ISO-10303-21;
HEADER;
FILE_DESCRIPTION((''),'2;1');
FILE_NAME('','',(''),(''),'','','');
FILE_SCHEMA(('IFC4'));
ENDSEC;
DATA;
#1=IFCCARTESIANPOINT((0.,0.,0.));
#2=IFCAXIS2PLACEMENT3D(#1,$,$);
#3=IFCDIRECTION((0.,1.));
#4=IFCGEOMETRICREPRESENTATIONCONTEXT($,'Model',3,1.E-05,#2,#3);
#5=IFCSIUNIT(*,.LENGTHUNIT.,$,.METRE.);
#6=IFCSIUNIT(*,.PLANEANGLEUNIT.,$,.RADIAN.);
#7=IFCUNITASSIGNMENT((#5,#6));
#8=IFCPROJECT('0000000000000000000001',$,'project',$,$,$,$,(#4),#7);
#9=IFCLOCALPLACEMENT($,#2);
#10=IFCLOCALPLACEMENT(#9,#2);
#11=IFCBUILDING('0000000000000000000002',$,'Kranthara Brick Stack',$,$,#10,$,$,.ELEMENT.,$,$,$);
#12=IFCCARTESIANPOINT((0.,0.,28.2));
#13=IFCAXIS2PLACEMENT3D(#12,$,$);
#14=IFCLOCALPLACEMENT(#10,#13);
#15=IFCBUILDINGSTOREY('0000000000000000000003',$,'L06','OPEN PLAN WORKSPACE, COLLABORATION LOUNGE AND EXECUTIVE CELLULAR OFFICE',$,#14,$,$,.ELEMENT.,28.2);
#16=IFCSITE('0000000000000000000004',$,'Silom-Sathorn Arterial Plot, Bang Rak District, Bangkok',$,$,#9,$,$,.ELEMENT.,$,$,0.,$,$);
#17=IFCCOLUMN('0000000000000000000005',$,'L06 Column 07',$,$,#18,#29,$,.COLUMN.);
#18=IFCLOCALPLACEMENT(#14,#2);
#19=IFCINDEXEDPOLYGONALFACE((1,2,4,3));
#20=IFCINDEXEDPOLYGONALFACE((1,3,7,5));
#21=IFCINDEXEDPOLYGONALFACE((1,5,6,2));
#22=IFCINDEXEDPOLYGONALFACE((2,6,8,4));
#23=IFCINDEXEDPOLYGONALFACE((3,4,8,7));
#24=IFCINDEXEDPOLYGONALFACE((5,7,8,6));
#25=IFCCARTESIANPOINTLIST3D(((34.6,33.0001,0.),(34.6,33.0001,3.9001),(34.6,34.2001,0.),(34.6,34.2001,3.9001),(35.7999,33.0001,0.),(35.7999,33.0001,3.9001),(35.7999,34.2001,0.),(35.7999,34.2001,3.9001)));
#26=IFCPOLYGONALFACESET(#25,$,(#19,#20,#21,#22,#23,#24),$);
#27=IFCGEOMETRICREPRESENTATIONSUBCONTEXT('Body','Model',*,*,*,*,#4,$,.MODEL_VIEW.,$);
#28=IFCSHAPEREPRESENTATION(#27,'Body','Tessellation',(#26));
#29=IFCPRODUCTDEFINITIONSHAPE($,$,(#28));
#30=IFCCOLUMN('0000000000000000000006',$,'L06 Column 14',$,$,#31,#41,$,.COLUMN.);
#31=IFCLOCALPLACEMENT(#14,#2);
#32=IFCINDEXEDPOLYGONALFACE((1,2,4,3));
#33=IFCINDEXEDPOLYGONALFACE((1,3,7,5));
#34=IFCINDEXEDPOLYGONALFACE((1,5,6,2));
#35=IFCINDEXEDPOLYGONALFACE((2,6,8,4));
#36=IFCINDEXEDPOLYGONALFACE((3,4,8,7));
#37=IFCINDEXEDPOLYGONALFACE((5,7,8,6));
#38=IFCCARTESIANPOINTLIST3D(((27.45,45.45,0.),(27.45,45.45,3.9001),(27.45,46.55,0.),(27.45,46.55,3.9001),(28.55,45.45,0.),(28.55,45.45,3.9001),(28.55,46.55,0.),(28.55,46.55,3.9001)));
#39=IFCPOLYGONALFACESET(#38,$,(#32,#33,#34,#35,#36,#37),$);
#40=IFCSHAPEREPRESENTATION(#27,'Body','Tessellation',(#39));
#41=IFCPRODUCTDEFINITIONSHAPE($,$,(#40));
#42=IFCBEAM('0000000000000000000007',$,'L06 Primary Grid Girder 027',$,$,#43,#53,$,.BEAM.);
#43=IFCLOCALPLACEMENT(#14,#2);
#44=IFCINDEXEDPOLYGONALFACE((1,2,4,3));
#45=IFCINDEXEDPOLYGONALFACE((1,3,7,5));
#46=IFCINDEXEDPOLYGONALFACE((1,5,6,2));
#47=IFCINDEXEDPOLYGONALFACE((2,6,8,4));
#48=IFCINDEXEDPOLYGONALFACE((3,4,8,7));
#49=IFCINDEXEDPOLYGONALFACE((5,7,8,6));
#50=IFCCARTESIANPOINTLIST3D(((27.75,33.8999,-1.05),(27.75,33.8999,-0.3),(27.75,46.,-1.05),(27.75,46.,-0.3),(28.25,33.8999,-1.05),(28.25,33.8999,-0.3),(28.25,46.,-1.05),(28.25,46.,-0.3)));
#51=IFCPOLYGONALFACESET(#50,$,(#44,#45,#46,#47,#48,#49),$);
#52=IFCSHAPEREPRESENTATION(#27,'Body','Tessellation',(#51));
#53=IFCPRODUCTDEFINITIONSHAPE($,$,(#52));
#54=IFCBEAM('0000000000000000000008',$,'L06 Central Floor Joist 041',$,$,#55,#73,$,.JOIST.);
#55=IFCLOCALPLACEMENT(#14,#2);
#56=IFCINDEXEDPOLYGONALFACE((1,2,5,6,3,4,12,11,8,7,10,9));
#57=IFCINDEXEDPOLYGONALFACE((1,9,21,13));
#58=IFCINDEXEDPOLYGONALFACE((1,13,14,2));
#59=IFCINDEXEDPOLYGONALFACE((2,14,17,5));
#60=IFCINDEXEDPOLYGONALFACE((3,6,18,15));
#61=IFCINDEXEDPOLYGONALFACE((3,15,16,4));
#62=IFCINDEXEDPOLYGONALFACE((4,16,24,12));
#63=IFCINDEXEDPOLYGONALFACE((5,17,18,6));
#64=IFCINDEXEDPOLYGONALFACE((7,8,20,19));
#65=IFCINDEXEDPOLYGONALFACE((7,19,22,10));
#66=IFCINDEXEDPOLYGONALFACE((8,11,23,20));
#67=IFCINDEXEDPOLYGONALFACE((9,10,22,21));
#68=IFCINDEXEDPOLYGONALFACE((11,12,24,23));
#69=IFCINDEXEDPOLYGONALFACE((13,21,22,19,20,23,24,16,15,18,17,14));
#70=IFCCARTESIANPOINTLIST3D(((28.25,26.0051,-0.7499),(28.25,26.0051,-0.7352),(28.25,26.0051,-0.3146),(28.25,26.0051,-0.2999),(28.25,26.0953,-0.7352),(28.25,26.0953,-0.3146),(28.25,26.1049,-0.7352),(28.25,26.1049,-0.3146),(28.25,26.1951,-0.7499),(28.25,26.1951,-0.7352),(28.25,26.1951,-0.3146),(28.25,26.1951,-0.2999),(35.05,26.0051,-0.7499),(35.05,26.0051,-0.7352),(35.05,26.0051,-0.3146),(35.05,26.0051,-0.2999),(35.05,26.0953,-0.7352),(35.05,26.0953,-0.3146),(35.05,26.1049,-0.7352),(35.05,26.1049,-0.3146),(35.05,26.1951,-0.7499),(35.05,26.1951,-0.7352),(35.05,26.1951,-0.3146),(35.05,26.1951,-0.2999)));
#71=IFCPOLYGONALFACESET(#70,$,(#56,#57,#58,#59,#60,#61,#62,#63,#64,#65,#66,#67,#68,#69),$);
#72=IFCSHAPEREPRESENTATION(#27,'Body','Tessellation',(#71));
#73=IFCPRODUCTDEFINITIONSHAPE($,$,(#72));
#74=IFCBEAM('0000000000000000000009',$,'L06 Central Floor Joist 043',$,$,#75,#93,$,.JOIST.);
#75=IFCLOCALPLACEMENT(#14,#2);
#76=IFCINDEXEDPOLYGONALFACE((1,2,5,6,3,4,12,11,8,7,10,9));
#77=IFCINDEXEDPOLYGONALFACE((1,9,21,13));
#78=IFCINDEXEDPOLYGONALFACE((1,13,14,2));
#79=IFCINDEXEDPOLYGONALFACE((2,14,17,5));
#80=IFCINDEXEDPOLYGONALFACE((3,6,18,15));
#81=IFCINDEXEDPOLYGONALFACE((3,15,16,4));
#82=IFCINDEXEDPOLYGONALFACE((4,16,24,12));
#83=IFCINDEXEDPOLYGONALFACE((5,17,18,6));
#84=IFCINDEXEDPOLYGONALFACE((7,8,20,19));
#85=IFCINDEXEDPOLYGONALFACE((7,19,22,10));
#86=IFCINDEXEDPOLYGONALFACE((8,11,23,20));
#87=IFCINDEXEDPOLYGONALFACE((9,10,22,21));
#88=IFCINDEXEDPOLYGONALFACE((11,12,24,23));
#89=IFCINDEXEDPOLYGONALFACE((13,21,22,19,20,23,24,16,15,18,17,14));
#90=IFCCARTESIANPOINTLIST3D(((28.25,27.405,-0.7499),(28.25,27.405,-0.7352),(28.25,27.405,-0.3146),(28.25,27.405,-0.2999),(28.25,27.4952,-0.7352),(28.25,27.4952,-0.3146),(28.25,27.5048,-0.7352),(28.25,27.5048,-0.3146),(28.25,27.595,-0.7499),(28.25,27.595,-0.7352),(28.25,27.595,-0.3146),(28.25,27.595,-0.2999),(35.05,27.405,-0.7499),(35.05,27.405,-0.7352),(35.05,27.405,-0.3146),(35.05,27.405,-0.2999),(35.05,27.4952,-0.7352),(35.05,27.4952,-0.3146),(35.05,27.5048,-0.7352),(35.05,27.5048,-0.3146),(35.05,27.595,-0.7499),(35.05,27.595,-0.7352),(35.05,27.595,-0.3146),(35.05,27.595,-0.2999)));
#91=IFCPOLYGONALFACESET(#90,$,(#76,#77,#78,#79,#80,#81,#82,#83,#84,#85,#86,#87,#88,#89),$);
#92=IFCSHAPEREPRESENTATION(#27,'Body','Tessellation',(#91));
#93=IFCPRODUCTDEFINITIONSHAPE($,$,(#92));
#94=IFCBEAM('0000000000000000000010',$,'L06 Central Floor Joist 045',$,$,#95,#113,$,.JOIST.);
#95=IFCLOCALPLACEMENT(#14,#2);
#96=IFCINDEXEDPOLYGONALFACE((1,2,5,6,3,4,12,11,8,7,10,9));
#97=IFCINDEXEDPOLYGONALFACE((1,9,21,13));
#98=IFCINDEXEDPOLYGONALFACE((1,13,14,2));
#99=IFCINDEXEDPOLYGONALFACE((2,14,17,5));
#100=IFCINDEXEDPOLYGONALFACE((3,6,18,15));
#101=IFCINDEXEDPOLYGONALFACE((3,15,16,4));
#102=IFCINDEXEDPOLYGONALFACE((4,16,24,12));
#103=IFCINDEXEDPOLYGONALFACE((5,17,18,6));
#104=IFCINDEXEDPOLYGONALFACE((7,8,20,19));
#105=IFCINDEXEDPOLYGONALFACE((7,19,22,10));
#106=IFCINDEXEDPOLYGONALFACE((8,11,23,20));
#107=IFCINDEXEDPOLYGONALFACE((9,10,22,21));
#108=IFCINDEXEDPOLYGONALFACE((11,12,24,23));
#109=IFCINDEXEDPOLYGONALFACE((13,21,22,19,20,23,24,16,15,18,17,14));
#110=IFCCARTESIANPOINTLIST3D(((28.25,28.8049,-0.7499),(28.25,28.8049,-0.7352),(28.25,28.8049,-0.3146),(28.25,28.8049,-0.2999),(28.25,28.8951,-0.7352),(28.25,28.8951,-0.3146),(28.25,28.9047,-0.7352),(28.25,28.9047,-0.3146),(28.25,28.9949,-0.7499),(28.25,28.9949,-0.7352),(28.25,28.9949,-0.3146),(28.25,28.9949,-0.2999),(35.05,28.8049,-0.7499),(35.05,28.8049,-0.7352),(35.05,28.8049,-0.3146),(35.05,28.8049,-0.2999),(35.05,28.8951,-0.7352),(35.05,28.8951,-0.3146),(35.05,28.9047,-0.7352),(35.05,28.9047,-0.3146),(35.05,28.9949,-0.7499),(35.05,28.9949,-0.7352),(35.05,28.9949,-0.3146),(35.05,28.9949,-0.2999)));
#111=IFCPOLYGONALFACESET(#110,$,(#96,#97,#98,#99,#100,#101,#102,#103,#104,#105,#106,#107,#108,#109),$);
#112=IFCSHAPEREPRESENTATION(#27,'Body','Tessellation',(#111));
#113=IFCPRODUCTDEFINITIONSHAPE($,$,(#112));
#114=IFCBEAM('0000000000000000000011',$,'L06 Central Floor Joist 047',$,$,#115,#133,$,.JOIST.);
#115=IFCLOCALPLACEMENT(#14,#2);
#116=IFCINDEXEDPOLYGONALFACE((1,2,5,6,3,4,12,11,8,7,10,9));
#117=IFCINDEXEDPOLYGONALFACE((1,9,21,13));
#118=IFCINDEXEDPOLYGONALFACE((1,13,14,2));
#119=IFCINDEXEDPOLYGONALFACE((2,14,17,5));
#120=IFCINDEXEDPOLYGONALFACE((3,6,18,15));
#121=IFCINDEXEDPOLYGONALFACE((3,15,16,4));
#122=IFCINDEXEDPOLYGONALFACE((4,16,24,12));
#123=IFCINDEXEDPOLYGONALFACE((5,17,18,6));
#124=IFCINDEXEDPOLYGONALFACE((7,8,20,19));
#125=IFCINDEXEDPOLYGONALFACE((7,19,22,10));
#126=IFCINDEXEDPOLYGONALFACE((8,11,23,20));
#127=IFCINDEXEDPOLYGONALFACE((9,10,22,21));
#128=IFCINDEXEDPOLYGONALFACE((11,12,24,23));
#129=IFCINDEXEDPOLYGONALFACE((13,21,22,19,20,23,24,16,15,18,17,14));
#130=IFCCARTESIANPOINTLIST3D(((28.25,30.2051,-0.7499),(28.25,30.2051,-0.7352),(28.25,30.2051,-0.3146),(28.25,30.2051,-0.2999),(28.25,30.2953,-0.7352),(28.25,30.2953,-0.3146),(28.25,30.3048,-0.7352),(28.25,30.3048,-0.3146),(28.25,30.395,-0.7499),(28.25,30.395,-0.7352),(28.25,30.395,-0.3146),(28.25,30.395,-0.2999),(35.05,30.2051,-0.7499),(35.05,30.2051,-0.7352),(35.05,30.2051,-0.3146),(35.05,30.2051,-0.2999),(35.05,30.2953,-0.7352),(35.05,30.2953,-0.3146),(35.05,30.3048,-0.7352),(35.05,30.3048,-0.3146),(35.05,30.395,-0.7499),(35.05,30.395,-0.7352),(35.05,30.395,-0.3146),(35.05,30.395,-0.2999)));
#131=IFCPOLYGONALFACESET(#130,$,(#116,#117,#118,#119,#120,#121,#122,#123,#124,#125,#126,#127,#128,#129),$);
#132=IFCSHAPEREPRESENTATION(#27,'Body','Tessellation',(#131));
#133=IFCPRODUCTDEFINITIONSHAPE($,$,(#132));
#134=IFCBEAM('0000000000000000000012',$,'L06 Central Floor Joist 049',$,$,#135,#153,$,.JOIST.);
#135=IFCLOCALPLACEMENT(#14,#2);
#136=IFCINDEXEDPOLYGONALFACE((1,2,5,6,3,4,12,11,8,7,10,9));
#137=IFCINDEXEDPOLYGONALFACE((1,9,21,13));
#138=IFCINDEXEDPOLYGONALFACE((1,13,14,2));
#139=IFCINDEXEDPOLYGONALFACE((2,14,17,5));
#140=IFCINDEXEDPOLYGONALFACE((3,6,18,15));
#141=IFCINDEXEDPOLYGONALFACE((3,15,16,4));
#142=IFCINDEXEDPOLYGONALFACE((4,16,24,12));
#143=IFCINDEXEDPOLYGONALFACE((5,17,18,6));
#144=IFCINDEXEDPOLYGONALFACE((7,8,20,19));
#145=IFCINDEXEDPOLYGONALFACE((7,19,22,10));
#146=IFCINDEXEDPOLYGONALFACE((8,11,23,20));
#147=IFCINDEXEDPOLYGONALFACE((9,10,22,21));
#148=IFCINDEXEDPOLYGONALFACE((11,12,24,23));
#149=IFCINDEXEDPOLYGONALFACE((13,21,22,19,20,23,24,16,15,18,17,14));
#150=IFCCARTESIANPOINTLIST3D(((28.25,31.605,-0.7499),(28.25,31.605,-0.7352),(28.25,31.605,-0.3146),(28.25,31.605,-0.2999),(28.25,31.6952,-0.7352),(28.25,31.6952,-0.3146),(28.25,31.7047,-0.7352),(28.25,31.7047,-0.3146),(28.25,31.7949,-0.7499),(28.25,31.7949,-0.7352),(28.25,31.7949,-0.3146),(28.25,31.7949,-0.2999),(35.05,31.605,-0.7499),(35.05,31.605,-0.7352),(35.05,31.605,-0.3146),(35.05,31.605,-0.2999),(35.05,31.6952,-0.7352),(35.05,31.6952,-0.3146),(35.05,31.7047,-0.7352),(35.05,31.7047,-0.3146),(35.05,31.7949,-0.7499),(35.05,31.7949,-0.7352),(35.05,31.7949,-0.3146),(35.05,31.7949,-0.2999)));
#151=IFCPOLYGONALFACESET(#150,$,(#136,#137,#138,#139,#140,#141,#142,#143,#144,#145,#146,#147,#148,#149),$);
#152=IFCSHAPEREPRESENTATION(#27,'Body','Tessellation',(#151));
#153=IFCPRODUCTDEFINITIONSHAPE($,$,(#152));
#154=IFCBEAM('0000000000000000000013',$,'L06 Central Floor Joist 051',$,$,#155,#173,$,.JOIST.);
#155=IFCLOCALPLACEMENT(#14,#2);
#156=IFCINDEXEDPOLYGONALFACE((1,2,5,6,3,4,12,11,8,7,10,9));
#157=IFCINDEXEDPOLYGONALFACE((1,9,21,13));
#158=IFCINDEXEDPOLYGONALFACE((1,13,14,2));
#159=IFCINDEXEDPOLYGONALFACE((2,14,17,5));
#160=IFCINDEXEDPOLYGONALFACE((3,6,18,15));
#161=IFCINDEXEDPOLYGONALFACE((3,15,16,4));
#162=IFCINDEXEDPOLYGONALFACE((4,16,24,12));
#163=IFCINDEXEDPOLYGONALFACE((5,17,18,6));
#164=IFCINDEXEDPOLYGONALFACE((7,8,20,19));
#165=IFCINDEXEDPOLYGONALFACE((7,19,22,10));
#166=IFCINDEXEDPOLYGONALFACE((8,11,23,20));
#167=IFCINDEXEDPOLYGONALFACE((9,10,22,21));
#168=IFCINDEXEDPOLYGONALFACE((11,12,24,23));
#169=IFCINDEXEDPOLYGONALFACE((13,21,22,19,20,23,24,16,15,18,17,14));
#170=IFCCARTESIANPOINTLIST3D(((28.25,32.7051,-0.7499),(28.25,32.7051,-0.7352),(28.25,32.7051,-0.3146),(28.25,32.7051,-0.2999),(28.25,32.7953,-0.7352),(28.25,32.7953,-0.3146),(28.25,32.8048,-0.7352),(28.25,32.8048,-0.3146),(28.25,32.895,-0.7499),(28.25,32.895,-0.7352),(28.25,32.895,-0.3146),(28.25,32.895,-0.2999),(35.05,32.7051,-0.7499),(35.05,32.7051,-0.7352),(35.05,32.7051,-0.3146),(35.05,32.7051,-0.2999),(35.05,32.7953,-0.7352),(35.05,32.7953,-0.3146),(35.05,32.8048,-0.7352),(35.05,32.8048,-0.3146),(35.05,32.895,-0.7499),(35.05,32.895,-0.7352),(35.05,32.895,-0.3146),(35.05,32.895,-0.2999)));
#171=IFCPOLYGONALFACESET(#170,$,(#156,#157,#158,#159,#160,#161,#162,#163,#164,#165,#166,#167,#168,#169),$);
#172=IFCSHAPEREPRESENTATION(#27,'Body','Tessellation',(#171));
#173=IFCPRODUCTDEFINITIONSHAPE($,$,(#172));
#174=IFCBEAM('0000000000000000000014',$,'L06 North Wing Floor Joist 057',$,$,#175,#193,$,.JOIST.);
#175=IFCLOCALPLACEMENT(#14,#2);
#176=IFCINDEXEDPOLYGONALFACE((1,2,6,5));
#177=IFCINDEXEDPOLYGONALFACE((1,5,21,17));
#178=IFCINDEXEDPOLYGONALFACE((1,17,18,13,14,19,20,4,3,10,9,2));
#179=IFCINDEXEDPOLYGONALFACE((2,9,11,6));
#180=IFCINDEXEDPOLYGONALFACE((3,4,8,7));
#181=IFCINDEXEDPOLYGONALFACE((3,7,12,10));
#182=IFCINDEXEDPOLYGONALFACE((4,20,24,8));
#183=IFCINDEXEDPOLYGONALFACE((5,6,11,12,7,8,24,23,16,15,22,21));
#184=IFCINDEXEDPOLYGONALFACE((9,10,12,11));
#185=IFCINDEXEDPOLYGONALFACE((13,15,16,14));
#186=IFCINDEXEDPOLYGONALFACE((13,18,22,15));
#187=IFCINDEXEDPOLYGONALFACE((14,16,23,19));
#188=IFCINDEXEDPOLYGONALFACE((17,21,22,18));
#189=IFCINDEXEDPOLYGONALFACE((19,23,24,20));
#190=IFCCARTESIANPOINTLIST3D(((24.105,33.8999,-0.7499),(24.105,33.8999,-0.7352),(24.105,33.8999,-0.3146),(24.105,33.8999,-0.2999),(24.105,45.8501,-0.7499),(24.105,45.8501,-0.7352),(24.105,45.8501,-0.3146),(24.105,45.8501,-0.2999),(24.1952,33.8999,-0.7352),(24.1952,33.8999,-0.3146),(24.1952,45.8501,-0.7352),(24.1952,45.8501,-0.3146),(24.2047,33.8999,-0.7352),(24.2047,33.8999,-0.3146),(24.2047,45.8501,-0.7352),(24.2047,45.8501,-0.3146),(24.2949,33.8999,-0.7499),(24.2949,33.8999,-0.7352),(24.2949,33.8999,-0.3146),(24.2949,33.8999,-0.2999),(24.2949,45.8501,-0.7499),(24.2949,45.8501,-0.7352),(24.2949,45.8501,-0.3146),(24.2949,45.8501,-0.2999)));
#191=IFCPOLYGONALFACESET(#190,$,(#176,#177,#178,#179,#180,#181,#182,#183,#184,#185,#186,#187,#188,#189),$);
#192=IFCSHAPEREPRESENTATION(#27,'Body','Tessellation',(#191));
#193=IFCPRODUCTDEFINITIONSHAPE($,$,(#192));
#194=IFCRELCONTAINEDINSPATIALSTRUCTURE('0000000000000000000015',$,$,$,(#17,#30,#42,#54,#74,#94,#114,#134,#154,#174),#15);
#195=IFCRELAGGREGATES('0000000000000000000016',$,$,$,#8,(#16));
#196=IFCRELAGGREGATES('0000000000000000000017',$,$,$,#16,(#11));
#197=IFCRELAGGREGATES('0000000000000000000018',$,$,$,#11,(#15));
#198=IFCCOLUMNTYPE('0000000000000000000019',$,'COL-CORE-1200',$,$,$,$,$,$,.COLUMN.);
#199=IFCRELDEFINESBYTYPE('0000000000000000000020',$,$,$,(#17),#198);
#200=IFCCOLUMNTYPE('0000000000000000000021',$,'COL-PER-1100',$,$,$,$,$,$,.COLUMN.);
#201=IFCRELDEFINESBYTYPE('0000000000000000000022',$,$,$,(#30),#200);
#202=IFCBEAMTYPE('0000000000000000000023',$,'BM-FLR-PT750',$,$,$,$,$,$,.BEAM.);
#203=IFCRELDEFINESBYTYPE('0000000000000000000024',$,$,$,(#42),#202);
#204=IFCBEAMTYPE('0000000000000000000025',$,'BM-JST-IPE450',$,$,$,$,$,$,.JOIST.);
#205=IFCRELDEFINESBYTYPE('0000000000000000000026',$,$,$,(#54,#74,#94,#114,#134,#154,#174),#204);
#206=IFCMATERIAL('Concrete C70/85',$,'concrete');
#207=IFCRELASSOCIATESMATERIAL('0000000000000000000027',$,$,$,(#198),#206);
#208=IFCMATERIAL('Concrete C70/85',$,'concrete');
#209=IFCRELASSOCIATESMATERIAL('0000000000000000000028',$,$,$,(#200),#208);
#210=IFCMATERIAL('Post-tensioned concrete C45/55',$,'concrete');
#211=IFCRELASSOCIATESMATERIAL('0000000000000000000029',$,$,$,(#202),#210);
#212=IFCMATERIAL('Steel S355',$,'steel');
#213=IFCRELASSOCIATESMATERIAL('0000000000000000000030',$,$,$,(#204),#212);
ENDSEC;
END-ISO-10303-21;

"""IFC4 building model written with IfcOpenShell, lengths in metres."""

from ifc_helpers import new_model, si_unit, direction, frame, origin, origin_2d, place, context, subcontext, project, spatial, rectangle, i_section, extrude, material, material_profile, profile_set, type_object, element, save


model = new_model("IFC4")

# Units and contexts
model_context = context("Model", 3, precision=1e-05, world=origin(), true_north=direction((0.0, 1.0)))
body_context = subcontext(model_context, "Body", "Model", "MODEL_VIEW")
ifc_project = project(units=[si_unit("LENGTHUNIT", "METRE"), si_unit("PLANEANGLEUNIT", "RADIAN")], contexts=[model_context])

# Site, building, storey
site_placement = place(None, origin())
site = spatial("IfcSite", under=ifc_project, at=site_placement, Name="Silom-Sathorn Arterial Plot, Bang Rak District, Bangkok", CompositionType="ELEMENT", RefElevation=0.0)
building_placement = place(site_placement, origin())
building = spatial("IfcBuilding", under=site, at=building_placement, Name="Kranthara Brick Stack", CompositionType="ELEMENT")
storey_placement = place(building_placement, frame((0.0, 0.0, 28.2)))
storey = spatial("IfcBuildingStorey", under=building, at=storey_placement, Name="L06", Description="OPEN PLAN WORKSPACE, COLLABORATION LOUNGE AND EXECUTIVE CELLULAR OFFICE", CompositionType="ELEMENT", Elevation=28.2)

# Columns
ifc_material_1 = material(Name="Concrete C70/85", Category="concrete")
ifc_material_profile_1 = material_profile(ifc_material_1, rectangle(XDim=1.2, YDim=1.2, at=origin_2d()), Name="RC 1200x1200")
ifc_profile_set_1 = profile_set([ifc_material_profile_1], Name="Concrete C70/85")
column_type_1 = type_object("IfcColumnType", Name="COL-CORE-1200", PredefinedType="COLUMN", material=ifc_profile_set_1)
column_1_placement = place(storey_placement, frame((35.2, 33.6001, 0.0), z_axis=(0.0, 0.0, 1.0), x_axis=(1.0, 0.0, 0.0)))
element("IfcColumn", 1, at=column_1_placement, inside=storey, type_object=column_type_1, Name="L06 Column 07", PredefinedType="COLUMN", context=body_context, shape_type="SweptSolid", body=[
    extrude(rectangle(XDim=1.2, YDim=1.2, at=origin_2d()), origin(), (0.0, 0.0, 1.0), 3.9001),
])
ifc_material_2 = material(Name="Concrete C70/85", Category="concrete")
ifc_material_profile_2 = material_profile(ifc_material_2, rectangle(XDim=1.1001, YDim=1.1001, at=origin_2d()), Name="RC 1100x1100")
ifc_profile_set_2 = profile_set([ifc_material_profile_2], Name="Concrete C70/85")
column_type_2 = type_object("IfcColumnType", Name="COL-PER-1100", PredefinedType="COLUMN", material=ifc_profile_set_2)
column_2_placement = place(storey_placement, frame((28.0, 46.0, 0.0), z_axis=(0.0, 0.0, 1.0), x_axis=(1.0, 0.0, 0.0)))
element("IfcColumn", 2, at=column_2_placement, inside=storey, type_object=column_type_2, Name="L06 Column 14", PredefinedType="COLUMN", context=body_context, shape_type="SweptSolid", body=[
    extrude(rectangle(XDim=1.1001, YDim=1.1001, at=origin_2d()), origin(), (0.0, 0.0, 1.0), 3.9001),
])

# Beams
ifc_material_3 = material(Name="Post-tensioned concrete C45/55", Category="concrete")
ifc_material_profile_3 = material_profile(ifc_material_3, rectangle(XDim=0.5, YDim=0.75, at=origin_2d()), Name="PT 500x750")
ifc_profile_set_3 = profile_set([ifc_material_profile_3], Name="Post-tensioned concrete C45/55")
beam_type_1 = type_object("IfcBeamType", Name="BM-FLR-PT750", PredefinedType="BEAM", material=ifc_profile_set_3)
beam_1_placement = place(storey_placement, frame((28.0, 33.8999, -0.675), z_axis=(0.0, 1.0, 0.0), x_axis=(-1.0, 0.0, 0.0)))
element("IfcBeam", 3, at=beam_1_placement, inside=storey, type_object=beam_type_1, Name="L06 Primary Grid Girder 027", PredefinedType="BEAM", context=body_context, shape_type="SweptSolid", body=[
    extrude(rectangle(XDim=0.5, YDim=0.75, at=origin_2d()), origin(), (0.0, 0.0, 1.0), 12.1001),
])
ifc_material_4 = material(Name="Steel S355", Category="steel")
ifc_material_profile_4 = material_profile(ifc_material_4, i_section(OverallWidth=0.1899, OverallDepth=0.45, WebThickness=0.0095, FlangeThickness=0.0146, at=origin_2d()), Name="IPE 450")
ifc_profile_set_4 = profile_set([ifc_material_profile_4], Name="Steel S355")
beam_type_2 = type_object("IfcBeamType", Name="BM-JST-IPE450", PredefinedType="JOIST", material=ifc_profile_set_4)
for number, where, z_axis, x_axis, name in (
    (4, (28.25, 26.1001, -0.5249), (1.0, 0.0, 0.0), (0.0, 1.0, 0.0), "L06 Central Floor Joist 041"),
    (5, (28.25, 27.5, -0.5249), (1.0, 0.0, 0.0), (0.0, 1.0, 0.0), "L06 Central Floor Joist 043"),
    (6, (28.25, 28.8999, -0.5249), (1.0, 0.0, 0.0), (0.0, 1.0, 0.0), "L06 Central Floor Joist 045"),
    (7, (28.25, 30.3, -0.5249), (1.0, 0.0, 0.0), (0.0, 1.0, 0.0), "L06 Central Floor Joist 047"),
    (8, (28.25, 31.7, -0.5249), (1.0, 0.0, 0.0), (0.0, 1.0, 0.0), "L06 Central Floor Joist 049"),
    (9, (28.25, 32.8, -0.5249), (1.0, 0.0, 0.0), (0.0, 1.0, 0.0), "L06 Central Floor Joist 051"),
):
    element("IfcBeam", number, at=place(storey_placement, frame(where, z_axis=z_axis, x_axis=x_axis)), inside=storey, type_object=beam_type_2, Name=name, PredefinedType="JOIST", context=body_context, shape_type="SweptSolid", body=[
        extrude(i_section(OverallWidth=0.1899, OverallDepth=0.45, WebThickness=0.0095, FlangeThickness=0.0146, at=origin_2d()), origin(), (0.0, 0.0, 1.0), 6.8),
    ])
for number, where, z_axis, x_axis, name in (
    (10, (24.2, 33.8999, -0.5249), (0.0, 1.0, 0.0), (-1.0, 0.0, 0.0), "L06 North Wing Floor Joist 057"),
):
    element("IfcBeam", number, at=place(storey_placement, frame(where, z_axis=z_axis, x_axis=x_axis)), inside=storey, type_object=beam_type_2, Name=name, PredefinedType="JOIST", context=body_context, shape_type="SweptSolid", body=[
        extrude(i_section(OverallWidth=0.1899, OverallDepth=0.45, WebThickness=0.0095, FlangeThickness=0.0146, at=origin_2d()), origin(), (0.0, 0.0, 1.0), 11.9502),
    ])

save(model, "model.ifc")
